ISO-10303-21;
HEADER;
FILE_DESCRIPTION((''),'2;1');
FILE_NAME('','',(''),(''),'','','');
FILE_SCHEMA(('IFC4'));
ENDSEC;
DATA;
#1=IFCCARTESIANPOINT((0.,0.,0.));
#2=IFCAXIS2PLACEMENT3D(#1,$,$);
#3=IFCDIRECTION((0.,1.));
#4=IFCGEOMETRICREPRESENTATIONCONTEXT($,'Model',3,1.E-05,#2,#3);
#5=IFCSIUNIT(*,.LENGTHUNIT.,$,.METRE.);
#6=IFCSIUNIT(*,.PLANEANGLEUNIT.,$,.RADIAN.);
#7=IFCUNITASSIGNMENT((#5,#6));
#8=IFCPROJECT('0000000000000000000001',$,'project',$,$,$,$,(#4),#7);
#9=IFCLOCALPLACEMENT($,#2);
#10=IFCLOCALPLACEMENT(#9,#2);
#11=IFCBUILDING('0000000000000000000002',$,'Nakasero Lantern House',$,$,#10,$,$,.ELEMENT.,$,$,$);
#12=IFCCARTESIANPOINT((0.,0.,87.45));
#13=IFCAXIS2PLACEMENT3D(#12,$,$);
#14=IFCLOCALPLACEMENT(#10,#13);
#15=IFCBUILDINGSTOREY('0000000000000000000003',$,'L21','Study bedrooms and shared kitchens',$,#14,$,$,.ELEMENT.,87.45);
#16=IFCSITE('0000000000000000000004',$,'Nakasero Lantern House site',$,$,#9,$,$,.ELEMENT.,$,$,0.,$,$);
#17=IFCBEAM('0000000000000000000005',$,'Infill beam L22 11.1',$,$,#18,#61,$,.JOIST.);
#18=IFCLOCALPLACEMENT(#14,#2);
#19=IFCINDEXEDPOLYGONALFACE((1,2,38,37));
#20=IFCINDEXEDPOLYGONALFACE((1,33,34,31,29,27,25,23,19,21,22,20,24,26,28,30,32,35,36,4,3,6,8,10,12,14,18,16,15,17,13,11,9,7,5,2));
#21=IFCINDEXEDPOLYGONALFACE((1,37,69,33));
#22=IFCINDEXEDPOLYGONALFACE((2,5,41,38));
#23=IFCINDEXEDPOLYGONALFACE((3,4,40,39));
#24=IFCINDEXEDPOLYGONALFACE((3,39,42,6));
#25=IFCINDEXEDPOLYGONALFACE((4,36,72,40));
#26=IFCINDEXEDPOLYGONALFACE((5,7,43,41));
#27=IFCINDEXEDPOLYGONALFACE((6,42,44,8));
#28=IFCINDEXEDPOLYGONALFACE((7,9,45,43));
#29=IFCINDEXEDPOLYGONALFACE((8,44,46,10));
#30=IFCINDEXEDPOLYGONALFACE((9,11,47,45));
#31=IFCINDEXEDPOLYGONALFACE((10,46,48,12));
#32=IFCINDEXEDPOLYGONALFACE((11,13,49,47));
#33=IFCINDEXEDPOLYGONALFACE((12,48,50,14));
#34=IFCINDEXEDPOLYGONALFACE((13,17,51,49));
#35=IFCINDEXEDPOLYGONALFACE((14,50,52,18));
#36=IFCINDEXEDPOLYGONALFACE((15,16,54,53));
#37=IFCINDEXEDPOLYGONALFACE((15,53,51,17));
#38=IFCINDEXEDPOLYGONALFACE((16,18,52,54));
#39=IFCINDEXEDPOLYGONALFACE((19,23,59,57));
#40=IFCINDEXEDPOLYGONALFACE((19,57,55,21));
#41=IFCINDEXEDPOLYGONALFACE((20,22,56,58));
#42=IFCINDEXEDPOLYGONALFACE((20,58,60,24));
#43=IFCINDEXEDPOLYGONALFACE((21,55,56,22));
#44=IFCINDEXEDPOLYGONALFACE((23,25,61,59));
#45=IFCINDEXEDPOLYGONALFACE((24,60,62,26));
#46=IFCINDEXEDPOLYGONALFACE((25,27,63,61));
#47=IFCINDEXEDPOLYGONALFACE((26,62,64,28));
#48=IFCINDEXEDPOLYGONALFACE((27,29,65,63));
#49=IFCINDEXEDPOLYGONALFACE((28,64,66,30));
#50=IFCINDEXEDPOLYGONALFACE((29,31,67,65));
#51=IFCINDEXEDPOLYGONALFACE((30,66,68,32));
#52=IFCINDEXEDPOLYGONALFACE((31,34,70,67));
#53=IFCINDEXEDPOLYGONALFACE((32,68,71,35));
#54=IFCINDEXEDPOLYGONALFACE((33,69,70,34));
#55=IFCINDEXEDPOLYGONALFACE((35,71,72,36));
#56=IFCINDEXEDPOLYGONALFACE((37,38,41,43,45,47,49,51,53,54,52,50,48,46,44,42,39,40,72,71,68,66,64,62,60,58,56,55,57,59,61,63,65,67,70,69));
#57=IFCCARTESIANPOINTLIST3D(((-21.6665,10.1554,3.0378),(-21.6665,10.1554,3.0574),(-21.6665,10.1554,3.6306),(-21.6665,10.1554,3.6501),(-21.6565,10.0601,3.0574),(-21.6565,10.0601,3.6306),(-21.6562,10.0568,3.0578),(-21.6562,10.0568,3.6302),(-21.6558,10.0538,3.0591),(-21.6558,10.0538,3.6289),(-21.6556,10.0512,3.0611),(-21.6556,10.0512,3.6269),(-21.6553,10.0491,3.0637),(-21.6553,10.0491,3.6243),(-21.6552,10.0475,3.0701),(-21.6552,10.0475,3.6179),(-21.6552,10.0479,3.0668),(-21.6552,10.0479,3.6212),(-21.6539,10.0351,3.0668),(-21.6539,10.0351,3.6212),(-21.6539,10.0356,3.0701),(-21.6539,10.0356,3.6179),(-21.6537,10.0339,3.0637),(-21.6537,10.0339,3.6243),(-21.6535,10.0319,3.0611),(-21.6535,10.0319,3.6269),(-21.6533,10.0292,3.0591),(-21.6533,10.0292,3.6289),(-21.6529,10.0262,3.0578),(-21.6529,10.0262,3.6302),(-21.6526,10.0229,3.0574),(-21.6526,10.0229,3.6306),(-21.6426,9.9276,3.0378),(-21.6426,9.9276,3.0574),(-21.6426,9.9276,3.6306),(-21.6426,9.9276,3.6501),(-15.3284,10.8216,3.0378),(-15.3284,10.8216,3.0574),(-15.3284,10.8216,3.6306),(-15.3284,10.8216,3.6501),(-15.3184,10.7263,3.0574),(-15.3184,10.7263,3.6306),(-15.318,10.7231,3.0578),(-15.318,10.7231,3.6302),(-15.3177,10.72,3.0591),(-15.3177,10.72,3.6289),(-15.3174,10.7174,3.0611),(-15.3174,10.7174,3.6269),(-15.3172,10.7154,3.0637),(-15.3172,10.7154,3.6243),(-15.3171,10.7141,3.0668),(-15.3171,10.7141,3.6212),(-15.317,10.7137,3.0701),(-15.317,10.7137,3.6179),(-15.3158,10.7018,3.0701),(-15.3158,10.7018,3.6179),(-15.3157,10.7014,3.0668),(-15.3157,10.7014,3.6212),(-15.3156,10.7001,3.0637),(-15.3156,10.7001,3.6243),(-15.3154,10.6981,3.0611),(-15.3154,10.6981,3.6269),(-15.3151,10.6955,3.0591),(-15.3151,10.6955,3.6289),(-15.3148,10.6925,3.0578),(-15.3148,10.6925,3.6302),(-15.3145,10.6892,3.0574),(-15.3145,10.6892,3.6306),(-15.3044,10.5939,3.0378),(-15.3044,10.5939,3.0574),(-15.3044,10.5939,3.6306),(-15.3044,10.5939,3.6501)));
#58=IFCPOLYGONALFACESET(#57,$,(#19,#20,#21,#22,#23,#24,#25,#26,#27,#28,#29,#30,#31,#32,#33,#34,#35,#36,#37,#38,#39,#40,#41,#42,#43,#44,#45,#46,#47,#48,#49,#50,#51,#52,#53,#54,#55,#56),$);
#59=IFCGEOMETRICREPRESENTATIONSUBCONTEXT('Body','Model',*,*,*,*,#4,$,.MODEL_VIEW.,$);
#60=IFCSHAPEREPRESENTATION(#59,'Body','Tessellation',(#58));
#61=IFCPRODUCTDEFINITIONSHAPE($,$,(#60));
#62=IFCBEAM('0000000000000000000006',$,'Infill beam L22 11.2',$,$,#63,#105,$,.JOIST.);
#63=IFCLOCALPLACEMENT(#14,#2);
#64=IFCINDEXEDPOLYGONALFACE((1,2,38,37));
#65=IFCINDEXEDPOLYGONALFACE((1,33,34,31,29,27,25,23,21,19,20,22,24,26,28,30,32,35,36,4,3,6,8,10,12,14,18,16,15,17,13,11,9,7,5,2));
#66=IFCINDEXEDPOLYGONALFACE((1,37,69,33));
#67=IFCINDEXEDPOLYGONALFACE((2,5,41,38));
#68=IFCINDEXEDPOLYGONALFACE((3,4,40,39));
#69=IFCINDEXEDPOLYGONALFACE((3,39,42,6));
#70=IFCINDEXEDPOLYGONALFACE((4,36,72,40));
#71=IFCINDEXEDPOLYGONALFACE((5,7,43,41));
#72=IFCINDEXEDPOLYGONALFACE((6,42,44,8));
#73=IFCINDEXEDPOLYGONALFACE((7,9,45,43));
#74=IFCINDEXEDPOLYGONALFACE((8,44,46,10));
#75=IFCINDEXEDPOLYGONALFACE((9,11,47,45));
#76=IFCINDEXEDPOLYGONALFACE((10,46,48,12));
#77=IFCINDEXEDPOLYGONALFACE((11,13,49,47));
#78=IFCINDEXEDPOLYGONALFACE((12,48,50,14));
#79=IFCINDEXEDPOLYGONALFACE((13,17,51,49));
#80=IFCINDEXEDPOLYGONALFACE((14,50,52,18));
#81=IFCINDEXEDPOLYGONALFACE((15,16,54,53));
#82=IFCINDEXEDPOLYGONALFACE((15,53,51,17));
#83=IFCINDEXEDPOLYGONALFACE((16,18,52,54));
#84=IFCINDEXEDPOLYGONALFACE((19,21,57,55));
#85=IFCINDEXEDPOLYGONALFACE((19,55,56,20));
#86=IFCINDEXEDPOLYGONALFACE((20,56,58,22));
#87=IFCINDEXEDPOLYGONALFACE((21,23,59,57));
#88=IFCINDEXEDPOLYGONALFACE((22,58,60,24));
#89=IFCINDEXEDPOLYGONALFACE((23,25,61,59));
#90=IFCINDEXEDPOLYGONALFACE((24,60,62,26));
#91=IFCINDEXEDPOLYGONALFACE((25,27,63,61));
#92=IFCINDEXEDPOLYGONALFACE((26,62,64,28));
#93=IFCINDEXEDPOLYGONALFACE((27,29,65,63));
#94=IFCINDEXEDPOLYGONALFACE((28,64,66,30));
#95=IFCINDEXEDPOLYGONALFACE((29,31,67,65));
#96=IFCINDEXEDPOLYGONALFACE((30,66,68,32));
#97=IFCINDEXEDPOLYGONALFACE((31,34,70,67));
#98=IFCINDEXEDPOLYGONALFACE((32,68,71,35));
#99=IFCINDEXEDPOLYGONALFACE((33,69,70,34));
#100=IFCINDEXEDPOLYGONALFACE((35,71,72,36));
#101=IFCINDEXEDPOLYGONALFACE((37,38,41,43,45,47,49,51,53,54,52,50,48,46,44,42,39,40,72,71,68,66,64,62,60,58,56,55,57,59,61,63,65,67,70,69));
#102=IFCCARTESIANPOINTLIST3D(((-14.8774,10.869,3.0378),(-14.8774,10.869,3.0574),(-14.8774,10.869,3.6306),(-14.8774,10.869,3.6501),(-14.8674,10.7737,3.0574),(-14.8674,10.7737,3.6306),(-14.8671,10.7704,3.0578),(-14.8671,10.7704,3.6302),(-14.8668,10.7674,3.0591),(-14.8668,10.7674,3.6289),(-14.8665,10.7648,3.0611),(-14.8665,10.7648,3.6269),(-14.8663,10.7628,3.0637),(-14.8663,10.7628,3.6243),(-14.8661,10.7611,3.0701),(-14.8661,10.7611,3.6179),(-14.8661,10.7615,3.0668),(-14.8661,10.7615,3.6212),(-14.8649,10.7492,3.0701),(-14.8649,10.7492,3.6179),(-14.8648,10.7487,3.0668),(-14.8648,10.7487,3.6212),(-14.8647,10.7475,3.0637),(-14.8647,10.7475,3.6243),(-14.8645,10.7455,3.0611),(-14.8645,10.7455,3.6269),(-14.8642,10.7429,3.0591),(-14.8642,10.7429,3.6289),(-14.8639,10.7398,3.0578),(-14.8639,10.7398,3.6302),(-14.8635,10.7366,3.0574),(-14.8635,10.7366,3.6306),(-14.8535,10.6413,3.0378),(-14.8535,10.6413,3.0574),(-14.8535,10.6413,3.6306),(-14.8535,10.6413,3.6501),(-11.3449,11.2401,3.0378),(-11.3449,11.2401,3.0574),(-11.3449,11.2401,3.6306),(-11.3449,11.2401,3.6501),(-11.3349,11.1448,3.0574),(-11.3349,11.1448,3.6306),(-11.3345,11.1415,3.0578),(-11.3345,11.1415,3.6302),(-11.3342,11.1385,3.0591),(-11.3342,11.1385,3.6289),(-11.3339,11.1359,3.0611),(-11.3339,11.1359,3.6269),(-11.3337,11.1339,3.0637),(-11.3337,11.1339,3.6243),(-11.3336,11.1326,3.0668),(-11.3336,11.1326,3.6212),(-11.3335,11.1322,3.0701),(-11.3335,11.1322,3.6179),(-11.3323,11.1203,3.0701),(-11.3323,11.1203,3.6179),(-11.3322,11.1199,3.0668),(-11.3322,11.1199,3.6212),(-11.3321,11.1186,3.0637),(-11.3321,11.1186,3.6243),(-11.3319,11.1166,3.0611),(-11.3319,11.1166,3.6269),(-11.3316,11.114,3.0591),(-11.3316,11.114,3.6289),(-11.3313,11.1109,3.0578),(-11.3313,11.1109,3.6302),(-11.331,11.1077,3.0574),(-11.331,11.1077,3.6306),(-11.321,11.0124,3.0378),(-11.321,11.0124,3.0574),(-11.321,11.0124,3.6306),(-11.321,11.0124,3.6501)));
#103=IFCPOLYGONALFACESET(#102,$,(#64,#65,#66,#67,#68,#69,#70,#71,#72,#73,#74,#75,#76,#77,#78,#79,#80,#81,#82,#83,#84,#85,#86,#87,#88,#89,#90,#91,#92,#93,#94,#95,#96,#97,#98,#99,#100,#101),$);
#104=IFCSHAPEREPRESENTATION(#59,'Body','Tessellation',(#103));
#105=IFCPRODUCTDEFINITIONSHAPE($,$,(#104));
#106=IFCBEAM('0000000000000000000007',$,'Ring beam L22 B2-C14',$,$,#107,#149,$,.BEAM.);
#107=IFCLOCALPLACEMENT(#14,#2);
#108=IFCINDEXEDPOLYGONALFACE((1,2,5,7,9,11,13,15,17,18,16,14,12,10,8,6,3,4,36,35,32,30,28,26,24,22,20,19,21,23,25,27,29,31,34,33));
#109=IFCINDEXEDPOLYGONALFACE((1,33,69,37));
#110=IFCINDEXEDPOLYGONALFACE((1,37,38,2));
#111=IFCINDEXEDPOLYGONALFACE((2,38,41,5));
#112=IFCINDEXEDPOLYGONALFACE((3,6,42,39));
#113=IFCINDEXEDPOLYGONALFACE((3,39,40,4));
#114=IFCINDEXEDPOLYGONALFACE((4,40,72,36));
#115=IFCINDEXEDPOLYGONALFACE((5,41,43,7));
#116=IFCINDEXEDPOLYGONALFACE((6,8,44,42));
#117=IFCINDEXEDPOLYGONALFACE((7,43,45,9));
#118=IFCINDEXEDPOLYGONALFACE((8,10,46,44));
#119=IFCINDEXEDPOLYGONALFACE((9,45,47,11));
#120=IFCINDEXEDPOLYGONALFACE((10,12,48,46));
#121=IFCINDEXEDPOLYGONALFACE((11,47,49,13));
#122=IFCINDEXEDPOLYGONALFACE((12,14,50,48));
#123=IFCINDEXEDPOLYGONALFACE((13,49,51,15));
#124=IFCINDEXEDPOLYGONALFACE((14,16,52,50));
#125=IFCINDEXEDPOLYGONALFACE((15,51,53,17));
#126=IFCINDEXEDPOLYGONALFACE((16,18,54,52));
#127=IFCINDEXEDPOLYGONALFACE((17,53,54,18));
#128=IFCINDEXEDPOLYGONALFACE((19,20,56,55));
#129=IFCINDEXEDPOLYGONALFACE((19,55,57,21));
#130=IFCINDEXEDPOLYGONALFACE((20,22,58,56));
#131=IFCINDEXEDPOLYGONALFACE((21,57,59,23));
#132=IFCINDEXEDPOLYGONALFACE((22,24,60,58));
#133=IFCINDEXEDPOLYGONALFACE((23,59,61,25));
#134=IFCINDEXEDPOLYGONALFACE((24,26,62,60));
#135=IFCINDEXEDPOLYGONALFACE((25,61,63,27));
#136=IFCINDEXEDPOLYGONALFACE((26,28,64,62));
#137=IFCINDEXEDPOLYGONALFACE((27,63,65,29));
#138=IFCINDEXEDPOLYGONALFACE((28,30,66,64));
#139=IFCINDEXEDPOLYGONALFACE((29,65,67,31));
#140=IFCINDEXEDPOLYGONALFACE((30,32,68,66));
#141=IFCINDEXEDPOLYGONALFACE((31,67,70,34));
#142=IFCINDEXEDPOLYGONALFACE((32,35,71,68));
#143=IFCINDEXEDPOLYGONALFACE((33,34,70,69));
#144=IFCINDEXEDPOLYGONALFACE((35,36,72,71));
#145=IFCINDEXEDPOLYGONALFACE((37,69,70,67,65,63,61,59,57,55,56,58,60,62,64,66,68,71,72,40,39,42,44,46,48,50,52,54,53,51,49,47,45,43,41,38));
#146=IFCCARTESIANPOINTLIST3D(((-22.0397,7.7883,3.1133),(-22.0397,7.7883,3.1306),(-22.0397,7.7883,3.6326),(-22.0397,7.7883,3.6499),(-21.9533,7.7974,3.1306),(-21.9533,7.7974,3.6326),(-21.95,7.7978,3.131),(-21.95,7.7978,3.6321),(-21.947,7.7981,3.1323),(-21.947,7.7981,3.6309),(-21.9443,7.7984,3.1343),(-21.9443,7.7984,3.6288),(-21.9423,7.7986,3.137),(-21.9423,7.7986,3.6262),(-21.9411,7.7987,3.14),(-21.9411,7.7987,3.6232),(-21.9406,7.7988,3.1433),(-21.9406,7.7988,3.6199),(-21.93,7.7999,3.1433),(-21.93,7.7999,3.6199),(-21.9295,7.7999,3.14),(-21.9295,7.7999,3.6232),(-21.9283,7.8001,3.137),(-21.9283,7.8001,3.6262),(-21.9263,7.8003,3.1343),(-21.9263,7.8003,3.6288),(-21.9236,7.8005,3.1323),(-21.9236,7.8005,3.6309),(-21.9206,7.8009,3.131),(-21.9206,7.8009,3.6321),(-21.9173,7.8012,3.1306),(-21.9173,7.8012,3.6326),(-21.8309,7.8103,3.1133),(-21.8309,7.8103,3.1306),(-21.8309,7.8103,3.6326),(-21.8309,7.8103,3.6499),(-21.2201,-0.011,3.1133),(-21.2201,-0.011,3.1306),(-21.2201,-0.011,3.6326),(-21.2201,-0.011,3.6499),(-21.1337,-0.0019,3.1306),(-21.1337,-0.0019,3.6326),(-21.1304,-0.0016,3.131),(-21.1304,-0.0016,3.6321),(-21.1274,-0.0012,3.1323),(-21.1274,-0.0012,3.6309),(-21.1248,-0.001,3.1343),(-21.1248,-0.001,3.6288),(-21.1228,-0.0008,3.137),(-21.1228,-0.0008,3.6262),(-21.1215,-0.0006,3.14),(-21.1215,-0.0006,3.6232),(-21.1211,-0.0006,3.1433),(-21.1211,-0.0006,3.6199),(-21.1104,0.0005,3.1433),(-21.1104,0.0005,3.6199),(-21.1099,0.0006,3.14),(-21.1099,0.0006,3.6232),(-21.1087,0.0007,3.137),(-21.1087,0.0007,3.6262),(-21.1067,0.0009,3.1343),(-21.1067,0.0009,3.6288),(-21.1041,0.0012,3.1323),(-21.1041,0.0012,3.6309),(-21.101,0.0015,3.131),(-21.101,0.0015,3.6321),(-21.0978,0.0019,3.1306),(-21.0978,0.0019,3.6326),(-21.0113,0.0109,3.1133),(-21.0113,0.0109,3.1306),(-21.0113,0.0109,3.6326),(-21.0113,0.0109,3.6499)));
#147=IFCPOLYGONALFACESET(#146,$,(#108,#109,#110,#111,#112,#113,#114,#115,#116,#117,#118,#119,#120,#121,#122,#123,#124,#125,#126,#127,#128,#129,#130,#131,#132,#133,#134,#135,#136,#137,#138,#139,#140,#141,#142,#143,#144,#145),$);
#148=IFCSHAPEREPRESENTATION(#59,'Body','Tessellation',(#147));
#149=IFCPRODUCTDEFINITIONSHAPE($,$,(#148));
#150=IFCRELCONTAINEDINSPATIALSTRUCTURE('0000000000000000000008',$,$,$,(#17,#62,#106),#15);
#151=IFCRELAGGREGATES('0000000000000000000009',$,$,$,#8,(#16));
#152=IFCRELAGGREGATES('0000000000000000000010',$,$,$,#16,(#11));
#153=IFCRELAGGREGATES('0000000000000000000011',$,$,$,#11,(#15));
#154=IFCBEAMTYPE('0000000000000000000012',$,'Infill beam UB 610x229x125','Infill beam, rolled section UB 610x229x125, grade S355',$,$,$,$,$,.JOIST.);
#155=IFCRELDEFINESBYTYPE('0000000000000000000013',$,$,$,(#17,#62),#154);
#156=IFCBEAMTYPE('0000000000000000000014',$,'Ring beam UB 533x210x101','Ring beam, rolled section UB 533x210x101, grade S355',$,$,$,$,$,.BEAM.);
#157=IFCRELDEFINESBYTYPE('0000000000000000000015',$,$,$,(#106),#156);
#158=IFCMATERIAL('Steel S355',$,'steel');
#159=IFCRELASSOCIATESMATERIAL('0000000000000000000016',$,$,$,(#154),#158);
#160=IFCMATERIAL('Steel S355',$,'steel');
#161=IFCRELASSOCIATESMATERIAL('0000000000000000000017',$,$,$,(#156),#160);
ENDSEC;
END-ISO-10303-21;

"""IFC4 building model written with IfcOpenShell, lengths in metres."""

from ifc_helpers import new_model, si_unit, direction, frame, origin, origin_2d, place, context, subcontext, project, spatial, i_section, extrude, material, material_profile, profile_set, type_object, element, save


model = new_model("IFC4")

# Units and contexts
model_context = context("Model", 3, precision=1e-05, world=origin(), true_north=direction((0.0, 1.0)))
body_context = subcontext(model_context, "Body", "Model", "MODEL_VIEW")
ifc_project = project(units=[si_unit("LENGTHUNIT", "METRE"), si_unit("PLANEANGLEUNIT", "RADIAN")], contexts=[model_context])

# Site, building, storey
site_placement = place(None, origin())
site = spatial("IfcSite", under=ifc_project, at=site_placement, Name="Nakasero Lantern House site", CompositionType="ELEMENT", RefElevation=0.0)
building_placement = place(site_placement, origin())
building = spatial("IfcBuilding", under=site, at=building_placement, Name="Nakasero Lantern House", CompositionType="ELEMENT")
storey_placement = place(building_placement, frame((0.0, 0.0, 87.45)))
storey = spatial("IfcBuildingStorey", under=building, at=storey_placement, Name="L21", Description="Study bedrooms and shared kitchens", CompositionType="ELEMENT", Elevation=87.45)

# Beams
ifc_material_1 = material(Name="Steel S355", Category="steel")
ifc_material_profile_1 = material_profile(ifc_material_1, i_section(OverallWidth=0.229, OverallDepth=0.6123, WebThickness=0.012, FlangeThickness=0.0195, FilletRadius=0.0127, at=origin_2d()), Name="UB 610x229x125")
ifc_profile_set_1 = profile_set([ifc_material_profile_1], Name="Steel S355")
beam_type_1 = type_object("IfcBeamType", Name="Infill beam UB 610x229x125", Description="Infill beam, rolled section UB 610x229x125, grade S355", PredefinedType="JOIST", material=ifc_profile_set_1)
beam_1_placement = place(storey_placement, frame((-21.6545, 10.0415, 3.344), z_axis=(0.99452, 0.104543, 0.0), x_axis=(-0.104543, 0.99452, 0.0)))
element("IfcBeam", 1, at=beam_1_placement, inside=storey, type_object=beam_type_1, Name="Infill beam L22 11.1", PredefinedType="JOIST", context=body_context, shape_type="SweptSolid", body=[
    extrude(i_section(OverallWidth=0.229, OverallDepth=0.6123, WebThickness=0.012, FlangeThickness=0.0195, FilletRadius=0.0127, at=origin_2d()), origin(), (0.0, 0.0, 1.0), 6.373),
])
beam_2_placement = place(storey_placement, frame((-14.8655, 10.7551, 3.344), z_axis=(0.994527, 0.104477, 0.0), x_axis=(-0.104477, 0.994527, 0.0)))
element("IfcBeam", 2, at=beam_2_placement, inside=storey, type_object=beam_type_1, Name="Infill beam L22 11.2", PredefinedType="JOIST", context=body_context, shape_type="SweptSolid", body=[
    extrude(i_section(OverallWidth=0.229, OverallDepth=0.6123, WebThickness=0.012, FlangeThickness=0.0195, FilletRadius=0.0127, at=origin_2d()), origin(), (0.0, 0.0, 1.0), 3.552),
])
ifc_material_2 = material(Name="Steel S355", Category="steel")
ifc_material_profile_2 = material_profile(ifc_material_2, i_section(OverallWidth=0.21, OverallDepth=0.5366, WebThickness=0.0107, FlangeThickness=0.0173, FilletRadius=0.0127, at=origin_2d()), Name="UB 533x210x101")
ifc_profile_set_2 = profile_set([ifc_material_profile_2], Name="Steel S355")
beam_type_2 = type_object("IfcBeamType", Name="Ring beam UB 533x210x101", Description="Ring beam, rolled section UB 533x210x101, grade S355", PredefinedType="BEAM", material=ifc_profile_set_2)
beam_3_placement = place(storey_placement, frame((-21.9353, 7.7993, 3.3816), z_axis=(0.104508, -0.994524, 0.0), x_axis=(0.994524, 0.104508, 0.0)))
element("IfcBeam", 3, at=beam_3_placement, inside=storey, type_object=beam_type_2, Name="Ring beam L22 B2-C14", PredefinedType="BEAM", context=body_context, shape_type="SweptSolid", body=[
    extrude(i_section(OverallWidth=0.21, OverallDepth=0.5366, WebThickness=0.0107, FlangeThickness=0.0173, FilletRadius=0.0127, at=origin_2d()), origin(), (0.0, 0.0, 1.0), 7.8423),
])

save(model, "model.ifc")
